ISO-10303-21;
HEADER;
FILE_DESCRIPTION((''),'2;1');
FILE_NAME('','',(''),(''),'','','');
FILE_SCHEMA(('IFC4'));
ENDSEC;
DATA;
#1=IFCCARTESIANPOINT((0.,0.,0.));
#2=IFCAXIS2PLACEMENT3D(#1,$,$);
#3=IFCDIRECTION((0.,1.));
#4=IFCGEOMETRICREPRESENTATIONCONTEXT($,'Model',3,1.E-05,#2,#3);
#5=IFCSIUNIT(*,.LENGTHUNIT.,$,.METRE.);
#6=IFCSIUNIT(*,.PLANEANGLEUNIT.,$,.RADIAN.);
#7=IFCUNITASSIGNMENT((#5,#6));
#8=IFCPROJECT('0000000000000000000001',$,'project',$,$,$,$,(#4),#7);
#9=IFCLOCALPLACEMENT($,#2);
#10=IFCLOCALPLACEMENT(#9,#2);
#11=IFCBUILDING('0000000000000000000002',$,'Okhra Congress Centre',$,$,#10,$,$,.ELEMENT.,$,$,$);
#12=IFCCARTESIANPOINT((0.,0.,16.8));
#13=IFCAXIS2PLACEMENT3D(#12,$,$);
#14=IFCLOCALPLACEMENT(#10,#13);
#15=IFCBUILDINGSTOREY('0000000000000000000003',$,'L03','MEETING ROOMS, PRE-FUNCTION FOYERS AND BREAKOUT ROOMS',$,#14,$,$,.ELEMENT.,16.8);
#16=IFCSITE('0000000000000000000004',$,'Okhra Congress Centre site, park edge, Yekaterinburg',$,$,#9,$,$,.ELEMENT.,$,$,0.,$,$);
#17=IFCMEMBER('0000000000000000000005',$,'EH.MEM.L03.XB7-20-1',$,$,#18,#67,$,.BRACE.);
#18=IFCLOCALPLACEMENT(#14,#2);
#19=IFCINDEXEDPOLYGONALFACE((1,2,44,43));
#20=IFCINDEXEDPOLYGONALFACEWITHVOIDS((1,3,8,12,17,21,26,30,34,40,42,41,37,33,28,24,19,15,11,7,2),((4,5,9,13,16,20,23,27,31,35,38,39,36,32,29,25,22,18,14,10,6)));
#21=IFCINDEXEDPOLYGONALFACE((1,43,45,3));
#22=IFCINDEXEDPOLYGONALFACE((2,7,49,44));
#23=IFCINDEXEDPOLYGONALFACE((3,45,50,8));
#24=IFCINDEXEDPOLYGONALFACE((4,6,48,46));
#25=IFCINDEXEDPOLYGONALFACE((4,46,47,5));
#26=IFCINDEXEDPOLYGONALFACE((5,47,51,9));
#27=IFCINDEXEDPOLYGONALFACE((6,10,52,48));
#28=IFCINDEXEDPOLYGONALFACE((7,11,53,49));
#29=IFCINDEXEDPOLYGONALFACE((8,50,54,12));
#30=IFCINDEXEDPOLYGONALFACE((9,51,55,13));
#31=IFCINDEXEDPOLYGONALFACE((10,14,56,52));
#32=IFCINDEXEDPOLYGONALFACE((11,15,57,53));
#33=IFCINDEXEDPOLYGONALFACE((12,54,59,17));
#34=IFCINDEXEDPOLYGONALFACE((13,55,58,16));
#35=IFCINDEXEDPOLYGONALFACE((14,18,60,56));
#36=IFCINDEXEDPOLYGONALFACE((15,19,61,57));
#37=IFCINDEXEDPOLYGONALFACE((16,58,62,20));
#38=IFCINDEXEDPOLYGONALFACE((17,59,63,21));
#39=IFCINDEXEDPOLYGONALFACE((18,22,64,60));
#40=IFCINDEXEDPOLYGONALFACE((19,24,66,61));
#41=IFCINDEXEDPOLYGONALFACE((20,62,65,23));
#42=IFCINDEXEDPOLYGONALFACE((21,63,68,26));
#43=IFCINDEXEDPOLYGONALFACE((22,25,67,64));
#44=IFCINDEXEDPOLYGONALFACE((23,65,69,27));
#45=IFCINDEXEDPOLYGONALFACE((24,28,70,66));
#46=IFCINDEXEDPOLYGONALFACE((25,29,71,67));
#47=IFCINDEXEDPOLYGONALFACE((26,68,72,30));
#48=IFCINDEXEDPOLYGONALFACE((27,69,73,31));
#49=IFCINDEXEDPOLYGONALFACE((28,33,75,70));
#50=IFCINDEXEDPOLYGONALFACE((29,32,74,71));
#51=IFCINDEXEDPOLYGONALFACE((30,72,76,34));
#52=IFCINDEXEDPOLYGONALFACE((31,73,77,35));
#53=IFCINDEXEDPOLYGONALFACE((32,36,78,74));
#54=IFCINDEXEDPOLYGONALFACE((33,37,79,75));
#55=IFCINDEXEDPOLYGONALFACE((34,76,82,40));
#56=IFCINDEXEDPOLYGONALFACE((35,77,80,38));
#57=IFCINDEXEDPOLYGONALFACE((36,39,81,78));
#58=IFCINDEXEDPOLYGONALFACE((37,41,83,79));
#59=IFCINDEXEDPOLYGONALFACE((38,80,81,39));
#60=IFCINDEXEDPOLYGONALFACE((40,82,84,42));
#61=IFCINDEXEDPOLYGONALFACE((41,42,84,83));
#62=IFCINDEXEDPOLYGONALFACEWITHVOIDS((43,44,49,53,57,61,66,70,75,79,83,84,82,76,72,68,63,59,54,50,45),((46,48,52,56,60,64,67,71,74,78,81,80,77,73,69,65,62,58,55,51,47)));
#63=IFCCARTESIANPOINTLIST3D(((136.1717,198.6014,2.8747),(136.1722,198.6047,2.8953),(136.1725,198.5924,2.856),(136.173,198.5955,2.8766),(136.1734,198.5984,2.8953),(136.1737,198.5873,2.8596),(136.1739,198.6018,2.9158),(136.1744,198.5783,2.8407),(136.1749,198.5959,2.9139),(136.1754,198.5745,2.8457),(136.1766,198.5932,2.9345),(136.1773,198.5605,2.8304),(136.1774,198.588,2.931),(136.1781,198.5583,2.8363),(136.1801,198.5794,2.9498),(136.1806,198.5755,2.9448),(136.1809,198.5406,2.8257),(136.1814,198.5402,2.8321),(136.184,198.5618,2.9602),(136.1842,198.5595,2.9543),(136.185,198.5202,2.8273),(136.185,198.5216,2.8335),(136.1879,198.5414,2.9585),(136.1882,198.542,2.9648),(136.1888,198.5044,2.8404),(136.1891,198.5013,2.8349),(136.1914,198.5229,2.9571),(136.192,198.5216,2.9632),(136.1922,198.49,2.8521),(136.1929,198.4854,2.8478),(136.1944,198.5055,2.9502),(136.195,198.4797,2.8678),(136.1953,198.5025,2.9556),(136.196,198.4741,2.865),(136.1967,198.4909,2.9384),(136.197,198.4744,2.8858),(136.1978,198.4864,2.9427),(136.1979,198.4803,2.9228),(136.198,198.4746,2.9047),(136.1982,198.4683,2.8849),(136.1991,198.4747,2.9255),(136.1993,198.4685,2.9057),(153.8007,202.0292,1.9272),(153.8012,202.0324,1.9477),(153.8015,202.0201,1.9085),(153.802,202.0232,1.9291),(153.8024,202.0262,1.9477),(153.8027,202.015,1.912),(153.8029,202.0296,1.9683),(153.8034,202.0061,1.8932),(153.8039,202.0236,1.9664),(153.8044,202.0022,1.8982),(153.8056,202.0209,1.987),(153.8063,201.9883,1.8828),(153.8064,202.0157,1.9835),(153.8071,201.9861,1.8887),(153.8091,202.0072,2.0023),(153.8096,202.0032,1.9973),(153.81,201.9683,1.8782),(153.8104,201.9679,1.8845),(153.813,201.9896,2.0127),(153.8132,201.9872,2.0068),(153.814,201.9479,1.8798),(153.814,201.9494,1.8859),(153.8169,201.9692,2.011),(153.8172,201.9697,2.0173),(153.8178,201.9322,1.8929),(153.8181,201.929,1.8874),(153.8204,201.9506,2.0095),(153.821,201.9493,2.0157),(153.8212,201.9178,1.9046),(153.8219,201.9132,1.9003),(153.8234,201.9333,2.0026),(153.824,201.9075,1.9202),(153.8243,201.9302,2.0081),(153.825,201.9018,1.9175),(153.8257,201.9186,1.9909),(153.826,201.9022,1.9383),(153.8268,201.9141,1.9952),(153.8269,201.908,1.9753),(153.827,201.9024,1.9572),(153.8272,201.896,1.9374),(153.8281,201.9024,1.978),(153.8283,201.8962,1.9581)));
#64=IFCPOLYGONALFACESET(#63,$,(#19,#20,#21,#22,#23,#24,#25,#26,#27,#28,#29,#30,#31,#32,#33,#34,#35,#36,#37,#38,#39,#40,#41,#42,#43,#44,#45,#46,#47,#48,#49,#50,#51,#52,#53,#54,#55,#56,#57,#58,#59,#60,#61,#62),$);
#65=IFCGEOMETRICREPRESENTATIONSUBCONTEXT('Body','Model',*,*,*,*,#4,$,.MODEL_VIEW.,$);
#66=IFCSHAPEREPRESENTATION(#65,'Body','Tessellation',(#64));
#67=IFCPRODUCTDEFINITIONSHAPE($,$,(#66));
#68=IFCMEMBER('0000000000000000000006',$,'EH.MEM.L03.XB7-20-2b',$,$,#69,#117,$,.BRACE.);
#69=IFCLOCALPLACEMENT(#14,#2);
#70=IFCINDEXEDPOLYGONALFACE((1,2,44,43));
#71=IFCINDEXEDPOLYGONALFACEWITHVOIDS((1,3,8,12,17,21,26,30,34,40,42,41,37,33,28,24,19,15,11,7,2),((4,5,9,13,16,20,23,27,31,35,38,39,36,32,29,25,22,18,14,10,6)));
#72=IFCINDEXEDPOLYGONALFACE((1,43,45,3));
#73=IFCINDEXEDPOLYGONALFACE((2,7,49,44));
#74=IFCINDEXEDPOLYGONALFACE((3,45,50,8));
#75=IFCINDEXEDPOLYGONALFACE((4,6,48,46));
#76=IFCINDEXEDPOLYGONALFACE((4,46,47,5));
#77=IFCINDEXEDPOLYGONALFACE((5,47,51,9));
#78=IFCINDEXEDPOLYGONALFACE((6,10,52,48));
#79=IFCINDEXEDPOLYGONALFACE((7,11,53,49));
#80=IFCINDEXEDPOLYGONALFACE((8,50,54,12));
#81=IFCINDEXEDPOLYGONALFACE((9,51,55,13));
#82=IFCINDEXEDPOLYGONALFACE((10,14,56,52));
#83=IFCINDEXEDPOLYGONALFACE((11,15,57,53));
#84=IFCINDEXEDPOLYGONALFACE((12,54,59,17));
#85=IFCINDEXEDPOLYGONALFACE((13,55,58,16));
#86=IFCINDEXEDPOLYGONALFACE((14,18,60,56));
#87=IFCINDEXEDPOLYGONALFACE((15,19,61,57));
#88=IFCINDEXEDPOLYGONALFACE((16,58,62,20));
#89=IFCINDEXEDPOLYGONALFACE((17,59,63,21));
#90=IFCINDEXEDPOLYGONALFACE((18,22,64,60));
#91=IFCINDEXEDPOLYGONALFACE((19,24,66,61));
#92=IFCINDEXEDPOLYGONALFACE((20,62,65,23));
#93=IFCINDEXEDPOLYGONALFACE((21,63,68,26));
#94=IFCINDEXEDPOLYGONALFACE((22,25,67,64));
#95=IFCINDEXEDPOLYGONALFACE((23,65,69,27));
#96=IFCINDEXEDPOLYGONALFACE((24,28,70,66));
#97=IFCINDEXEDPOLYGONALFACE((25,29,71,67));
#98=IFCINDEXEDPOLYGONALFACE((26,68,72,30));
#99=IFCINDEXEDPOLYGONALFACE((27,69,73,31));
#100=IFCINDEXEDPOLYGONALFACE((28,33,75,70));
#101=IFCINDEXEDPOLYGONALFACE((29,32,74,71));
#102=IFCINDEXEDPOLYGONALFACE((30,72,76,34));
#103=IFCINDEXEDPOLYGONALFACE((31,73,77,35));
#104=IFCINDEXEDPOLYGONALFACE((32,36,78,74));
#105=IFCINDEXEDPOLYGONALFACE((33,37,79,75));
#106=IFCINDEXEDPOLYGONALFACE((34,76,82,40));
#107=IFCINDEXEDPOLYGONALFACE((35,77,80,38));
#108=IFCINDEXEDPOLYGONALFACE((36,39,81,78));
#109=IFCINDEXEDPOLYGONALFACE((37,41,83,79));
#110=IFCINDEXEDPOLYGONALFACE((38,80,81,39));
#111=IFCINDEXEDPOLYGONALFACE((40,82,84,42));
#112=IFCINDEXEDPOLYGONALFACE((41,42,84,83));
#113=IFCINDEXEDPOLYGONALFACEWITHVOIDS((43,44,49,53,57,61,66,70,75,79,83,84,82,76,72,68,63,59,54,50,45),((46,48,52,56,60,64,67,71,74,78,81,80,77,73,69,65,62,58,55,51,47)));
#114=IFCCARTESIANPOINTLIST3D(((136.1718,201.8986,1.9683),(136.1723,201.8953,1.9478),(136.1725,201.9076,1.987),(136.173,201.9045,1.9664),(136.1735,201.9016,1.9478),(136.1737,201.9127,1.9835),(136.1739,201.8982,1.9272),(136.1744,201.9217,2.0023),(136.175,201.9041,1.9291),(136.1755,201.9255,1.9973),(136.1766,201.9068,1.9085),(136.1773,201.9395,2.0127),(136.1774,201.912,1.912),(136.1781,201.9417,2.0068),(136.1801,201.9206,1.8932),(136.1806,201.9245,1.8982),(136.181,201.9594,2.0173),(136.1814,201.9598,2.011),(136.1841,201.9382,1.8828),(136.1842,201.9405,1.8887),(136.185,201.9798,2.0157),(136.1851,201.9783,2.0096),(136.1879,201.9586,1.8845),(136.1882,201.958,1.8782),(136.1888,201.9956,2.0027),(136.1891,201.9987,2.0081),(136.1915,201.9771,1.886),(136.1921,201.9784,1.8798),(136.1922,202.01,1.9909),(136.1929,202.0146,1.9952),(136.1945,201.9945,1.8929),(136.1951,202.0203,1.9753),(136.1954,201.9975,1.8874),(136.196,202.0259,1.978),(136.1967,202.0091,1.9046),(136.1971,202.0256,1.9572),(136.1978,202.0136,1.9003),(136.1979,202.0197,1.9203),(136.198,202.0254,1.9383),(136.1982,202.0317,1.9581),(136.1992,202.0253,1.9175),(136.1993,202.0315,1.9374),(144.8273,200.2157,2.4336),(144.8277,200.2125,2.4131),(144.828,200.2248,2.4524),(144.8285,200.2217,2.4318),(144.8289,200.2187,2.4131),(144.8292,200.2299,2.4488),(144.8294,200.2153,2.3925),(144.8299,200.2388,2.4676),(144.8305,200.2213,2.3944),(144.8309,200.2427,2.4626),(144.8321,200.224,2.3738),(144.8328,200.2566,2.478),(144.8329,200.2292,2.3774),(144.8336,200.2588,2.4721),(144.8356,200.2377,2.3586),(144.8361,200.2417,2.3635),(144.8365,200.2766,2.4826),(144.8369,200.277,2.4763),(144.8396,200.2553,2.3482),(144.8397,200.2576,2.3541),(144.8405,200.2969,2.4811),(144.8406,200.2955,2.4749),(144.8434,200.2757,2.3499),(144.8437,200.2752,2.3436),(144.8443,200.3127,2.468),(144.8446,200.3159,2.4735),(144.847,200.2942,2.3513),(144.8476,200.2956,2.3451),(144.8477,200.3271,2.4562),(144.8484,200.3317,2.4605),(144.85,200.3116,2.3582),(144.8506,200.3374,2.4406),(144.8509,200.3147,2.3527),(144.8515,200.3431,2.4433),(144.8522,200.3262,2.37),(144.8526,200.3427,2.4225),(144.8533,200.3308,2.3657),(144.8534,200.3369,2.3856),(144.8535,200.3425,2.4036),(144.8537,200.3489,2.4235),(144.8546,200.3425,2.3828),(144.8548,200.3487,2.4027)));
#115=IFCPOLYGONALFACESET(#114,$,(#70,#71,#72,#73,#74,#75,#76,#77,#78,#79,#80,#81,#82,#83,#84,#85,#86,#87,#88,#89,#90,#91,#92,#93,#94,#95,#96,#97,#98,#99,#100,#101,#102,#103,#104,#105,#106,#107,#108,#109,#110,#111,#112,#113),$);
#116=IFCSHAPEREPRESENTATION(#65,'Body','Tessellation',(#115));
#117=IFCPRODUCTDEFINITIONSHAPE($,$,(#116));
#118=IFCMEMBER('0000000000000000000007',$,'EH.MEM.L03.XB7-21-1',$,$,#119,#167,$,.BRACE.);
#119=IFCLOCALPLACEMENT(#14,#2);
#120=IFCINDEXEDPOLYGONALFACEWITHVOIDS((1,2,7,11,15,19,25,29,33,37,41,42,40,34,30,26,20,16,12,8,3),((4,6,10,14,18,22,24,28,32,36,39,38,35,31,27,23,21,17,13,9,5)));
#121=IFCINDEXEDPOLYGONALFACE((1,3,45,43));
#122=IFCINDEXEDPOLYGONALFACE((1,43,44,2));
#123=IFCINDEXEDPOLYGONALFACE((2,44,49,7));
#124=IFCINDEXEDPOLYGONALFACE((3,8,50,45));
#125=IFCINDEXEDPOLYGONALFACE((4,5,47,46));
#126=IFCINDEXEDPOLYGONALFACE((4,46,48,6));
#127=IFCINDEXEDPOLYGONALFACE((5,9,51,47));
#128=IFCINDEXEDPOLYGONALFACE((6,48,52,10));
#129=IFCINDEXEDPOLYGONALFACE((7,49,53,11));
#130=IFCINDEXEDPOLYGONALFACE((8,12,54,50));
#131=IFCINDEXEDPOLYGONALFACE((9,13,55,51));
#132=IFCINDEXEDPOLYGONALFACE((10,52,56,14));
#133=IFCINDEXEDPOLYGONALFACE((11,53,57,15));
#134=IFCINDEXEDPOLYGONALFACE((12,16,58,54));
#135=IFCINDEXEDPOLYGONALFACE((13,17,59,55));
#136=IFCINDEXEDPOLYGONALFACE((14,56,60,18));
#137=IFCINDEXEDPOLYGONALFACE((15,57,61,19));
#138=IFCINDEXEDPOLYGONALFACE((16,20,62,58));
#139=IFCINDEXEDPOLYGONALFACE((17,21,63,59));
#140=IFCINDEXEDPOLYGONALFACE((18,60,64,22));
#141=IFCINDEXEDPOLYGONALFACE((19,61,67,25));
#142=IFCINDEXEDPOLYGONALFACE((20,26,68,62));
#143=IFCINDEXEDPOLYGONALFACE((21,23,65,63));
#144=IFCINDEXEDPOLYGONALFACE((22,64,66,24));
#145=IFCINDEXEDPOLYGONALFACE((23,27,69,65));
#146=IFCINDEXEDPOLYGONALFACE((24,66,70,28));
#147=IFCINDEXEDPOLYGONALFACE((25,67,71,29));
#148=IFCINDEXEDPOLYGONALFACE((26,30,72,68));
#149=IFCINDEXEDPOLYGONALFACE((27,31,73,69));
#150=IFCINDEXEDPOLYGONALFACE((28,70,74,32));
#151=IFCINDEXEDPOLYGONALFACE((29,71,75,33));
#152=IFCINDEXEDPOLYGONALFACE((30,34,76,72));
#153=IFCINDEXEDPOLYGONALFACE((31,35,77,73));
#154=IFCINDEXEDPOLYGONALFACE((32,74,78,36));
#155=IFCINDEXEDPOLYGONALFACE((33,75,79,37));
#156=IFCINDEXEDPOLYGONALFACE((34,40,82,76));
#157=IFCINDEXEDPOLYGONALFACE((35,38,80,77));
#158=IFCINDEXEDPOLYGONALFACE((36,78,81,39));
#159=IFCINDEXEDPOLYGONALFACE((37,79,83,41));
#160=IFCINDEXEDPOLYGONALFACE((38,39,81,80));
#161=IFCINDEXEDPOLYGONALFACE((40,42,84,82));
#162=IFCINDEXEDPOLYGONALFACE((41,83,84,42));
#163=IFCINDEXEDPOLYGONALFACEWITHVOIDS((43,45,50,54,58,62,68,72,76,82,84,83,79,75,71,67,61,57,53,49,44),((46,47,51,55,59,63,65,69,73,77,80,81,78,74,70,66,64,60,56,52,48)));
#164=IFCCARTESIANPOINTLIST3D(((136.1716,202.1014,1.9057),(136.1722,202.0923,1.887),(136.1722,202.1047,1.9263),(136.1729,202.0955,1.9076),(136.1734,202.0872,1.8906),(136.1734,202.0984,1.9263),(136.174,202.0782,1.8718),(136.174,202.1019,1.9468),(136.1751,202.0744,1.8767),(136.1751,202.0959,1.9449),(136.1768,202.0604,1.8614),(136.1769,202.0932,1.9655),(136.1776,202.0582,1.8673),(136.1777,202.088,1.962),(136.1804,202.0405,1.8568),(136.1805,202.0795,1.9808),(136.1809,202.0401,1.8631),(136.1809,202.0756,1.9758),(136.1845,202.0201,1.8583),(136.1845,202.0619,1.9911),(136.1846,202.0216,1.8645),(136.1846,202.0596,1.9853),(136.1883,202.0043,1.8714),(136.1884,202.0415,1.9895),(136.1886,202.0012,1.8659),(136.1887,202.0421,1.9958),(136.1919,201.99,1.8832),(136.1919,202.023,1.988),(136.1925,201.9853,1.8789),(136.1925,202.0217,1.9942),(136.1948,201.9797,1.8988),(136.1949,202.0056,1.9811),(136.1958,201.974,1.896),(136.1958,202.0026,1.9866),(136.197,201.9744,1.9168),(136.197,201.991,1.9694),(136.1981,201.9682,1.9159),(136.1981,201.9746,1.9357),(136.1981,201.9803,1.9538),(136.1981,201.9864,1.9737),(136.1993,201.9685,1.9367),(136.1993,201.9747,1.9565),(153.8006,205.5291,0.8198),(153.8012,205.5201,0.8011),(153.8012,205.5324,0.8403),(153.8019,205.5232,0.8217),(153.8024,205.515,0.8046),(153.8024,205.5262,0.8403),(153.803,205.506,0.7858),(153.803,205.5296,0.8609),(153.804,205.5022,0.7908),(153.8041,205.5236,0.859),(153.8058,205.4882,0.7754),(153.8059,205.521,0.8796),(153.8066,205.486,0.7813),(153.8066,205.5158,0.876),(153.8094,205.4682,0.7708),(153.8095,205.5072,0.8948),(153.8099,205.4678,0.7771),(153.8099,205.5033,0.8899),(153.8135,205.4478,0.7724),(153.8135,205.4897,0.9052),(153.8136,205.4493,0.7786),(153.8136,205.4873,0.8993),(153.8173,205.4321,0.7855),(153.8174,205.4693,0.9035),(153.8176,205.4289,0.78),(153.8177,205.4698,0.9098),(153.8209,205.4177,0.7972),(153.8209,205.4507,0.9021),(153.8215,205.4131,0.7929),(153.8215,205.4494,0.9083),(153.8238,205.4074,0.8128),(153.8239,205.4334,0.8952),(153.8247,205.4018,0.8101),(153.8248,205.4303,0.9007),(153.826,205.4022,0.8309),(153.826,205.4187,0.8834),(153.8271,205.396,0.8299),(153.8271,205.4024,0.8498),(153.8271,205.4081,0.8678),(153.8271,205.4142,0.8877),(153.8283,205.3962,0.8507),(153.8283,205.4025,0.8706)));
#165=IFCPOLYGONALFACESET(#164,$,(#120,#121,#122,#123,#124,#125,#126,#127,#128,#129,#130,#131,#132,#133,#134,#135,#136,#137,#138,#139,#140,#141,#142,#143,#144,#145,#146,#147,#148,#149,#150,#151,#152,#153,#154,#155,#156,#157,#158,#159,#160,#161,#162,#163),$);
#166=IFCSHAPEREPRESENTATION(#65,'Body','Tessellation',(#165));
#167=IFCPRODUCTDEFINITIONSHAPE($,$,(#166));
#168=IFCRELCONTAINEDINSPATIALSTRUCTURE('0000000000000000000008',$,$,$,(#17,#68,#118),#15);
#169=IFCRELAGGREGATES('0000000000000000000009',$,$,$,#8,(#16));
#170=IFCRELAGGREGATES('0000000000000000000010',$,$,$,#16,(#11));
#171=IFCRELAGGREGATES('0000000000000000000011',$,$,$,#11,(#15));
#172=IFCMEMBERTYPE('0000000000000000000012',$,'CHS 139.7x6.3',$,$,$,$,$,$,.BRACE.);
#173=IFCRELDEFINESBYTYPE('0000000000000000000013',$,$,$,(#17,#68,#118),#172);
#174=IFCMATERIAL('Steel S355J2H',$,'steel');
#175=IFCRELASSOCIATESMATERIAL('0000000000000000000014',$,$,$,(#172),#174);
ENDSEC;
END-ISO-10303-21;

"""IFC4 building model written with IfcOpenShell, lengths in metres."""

from ifc_helpers import new_model, si_unit, direction, frame, origin, origin_2d, place, context, subcontext, project, spatial, hollow_circle, extrude, material, material_profile, profile_set, type_object, element, save


model = new_model("IFC4")

# Units and contexts
model_context = context("Model", 3, precision=1e-05, world=origin(), true_north=direction((0.0, 1.0)))
body_context = subcontext(model_context, "Body", "Model", "MODEL_VIEW")
ifc_project = project(units=[si_unit("LENGTHUNIT", "METRE"), si_unit("PLANEANGLEUNIT", "RADIAN")], contexts=[model_context])

# Site, building, storey
site_placement = place(None, origin())
site = spatial("IfcSite", under=ifc_project, at=site_placement, Name="Okhra Congress Centre site, park edge, Yekaterinburg", CompositionType="ELEMENT", RefElevation=0.0)
building_placement = place(site_placement, origin())
building = spatial("IfcBuilding", under=site, at=building_placement, Name="Okhra Congress Centre", CompositionType="ELEMENT")
storey_placement = place(building_placement, frame((0.0, 0.0, 16.8)))
storey = spatial("IfcBuildingStorey", under=building, at=storey_placement, Name="L03", Description="MEETING ROOMS, PRE-FUNCTION FOYERS AND BREAKOUT ROOMS", CompositionType="ELEMENT", Elevation=16.8)

# Members
ifc_material_1 = material(Name="Steel S355J2H", Category="steel")
ifc_material_profile_1 = material_profile(ifc_material_1, hollow_circle(Radius=0.0698, WallThickness=0.0063, at=origin_2d()), Name="CHS 139.7x6.3")
ifc_profile_set_1 = profile_set([ifc_material_profile_1], Name="Steel S355J2H")
member_type_1 = type_object("IfcMemberType", Name="CHS 139.7x6.3", PredefinedType="BRACE", material=ifc_profile_set_1)
member_1_placement = place(storey_placement, frame((136.1855, 198.5361, 2.8953), z_axis=(0.980253, 0.190599, -0.052686), x_axis=(-0.190864, 0.981617, 0.0)))
element("IfcMember", 1, at=member_1_placement, inside=storey, type_object=member_type_1, Name="EH.MEM.L03.XB7-20-1", PredefinedType="BRACE", context=body_context, shape_type="SweptSolid", body=[
    extrude(hollow_circle(Radius=0.0698, WallThickness=0.0063, at=origin_2d()), origin(), (0.0, 0.0, 1.0), 17.9841),
])
member_2_placement = place(storey_placement, frame((144.8411, 200.281, 2.4131), z_axis=(-0.980255, 0.190587, -0.0527), x_axis=(-0.190853, -0.981619, 0.0)))
element("IfcMember", 2, at=member_2_placement, inside=storey, type_object=member_type_1, Name="EH.MEM.L03.XB7-20-2b", PredefinedType="BRACE", context=body_context, shape_type="SweptSolid", body=[
    extrude(hollow_circle(Radius=0.0698, WallThickness=0.0063, at=origin_2d()), origin(), (0.0, 0.0, 1.0), 8.8298),
])
member_3_placement = place(storey_placement, frame((136.1855, 202.0361, 1.9263), z_axis=(0.979827, 0.190516, -0.060357), x_axis=(-0.190864, 0.981617, 0.0)))
element("IfcMember", 3, at=member_3_placement, inside=storey, type_object=member_type_1, Name="EH.MEM.L03.XB7-21-1", PredefinedType="BRACE", context=body_context, shape_type="SweptSolid", body=[
    extrude(hollow_circle(Radius=0.0698, WallThickness=0.0063, at=origin_2d()), origin(), (0.0, 0.0, 1.0), 17.9919),
])

save(model, "model.ifc")
